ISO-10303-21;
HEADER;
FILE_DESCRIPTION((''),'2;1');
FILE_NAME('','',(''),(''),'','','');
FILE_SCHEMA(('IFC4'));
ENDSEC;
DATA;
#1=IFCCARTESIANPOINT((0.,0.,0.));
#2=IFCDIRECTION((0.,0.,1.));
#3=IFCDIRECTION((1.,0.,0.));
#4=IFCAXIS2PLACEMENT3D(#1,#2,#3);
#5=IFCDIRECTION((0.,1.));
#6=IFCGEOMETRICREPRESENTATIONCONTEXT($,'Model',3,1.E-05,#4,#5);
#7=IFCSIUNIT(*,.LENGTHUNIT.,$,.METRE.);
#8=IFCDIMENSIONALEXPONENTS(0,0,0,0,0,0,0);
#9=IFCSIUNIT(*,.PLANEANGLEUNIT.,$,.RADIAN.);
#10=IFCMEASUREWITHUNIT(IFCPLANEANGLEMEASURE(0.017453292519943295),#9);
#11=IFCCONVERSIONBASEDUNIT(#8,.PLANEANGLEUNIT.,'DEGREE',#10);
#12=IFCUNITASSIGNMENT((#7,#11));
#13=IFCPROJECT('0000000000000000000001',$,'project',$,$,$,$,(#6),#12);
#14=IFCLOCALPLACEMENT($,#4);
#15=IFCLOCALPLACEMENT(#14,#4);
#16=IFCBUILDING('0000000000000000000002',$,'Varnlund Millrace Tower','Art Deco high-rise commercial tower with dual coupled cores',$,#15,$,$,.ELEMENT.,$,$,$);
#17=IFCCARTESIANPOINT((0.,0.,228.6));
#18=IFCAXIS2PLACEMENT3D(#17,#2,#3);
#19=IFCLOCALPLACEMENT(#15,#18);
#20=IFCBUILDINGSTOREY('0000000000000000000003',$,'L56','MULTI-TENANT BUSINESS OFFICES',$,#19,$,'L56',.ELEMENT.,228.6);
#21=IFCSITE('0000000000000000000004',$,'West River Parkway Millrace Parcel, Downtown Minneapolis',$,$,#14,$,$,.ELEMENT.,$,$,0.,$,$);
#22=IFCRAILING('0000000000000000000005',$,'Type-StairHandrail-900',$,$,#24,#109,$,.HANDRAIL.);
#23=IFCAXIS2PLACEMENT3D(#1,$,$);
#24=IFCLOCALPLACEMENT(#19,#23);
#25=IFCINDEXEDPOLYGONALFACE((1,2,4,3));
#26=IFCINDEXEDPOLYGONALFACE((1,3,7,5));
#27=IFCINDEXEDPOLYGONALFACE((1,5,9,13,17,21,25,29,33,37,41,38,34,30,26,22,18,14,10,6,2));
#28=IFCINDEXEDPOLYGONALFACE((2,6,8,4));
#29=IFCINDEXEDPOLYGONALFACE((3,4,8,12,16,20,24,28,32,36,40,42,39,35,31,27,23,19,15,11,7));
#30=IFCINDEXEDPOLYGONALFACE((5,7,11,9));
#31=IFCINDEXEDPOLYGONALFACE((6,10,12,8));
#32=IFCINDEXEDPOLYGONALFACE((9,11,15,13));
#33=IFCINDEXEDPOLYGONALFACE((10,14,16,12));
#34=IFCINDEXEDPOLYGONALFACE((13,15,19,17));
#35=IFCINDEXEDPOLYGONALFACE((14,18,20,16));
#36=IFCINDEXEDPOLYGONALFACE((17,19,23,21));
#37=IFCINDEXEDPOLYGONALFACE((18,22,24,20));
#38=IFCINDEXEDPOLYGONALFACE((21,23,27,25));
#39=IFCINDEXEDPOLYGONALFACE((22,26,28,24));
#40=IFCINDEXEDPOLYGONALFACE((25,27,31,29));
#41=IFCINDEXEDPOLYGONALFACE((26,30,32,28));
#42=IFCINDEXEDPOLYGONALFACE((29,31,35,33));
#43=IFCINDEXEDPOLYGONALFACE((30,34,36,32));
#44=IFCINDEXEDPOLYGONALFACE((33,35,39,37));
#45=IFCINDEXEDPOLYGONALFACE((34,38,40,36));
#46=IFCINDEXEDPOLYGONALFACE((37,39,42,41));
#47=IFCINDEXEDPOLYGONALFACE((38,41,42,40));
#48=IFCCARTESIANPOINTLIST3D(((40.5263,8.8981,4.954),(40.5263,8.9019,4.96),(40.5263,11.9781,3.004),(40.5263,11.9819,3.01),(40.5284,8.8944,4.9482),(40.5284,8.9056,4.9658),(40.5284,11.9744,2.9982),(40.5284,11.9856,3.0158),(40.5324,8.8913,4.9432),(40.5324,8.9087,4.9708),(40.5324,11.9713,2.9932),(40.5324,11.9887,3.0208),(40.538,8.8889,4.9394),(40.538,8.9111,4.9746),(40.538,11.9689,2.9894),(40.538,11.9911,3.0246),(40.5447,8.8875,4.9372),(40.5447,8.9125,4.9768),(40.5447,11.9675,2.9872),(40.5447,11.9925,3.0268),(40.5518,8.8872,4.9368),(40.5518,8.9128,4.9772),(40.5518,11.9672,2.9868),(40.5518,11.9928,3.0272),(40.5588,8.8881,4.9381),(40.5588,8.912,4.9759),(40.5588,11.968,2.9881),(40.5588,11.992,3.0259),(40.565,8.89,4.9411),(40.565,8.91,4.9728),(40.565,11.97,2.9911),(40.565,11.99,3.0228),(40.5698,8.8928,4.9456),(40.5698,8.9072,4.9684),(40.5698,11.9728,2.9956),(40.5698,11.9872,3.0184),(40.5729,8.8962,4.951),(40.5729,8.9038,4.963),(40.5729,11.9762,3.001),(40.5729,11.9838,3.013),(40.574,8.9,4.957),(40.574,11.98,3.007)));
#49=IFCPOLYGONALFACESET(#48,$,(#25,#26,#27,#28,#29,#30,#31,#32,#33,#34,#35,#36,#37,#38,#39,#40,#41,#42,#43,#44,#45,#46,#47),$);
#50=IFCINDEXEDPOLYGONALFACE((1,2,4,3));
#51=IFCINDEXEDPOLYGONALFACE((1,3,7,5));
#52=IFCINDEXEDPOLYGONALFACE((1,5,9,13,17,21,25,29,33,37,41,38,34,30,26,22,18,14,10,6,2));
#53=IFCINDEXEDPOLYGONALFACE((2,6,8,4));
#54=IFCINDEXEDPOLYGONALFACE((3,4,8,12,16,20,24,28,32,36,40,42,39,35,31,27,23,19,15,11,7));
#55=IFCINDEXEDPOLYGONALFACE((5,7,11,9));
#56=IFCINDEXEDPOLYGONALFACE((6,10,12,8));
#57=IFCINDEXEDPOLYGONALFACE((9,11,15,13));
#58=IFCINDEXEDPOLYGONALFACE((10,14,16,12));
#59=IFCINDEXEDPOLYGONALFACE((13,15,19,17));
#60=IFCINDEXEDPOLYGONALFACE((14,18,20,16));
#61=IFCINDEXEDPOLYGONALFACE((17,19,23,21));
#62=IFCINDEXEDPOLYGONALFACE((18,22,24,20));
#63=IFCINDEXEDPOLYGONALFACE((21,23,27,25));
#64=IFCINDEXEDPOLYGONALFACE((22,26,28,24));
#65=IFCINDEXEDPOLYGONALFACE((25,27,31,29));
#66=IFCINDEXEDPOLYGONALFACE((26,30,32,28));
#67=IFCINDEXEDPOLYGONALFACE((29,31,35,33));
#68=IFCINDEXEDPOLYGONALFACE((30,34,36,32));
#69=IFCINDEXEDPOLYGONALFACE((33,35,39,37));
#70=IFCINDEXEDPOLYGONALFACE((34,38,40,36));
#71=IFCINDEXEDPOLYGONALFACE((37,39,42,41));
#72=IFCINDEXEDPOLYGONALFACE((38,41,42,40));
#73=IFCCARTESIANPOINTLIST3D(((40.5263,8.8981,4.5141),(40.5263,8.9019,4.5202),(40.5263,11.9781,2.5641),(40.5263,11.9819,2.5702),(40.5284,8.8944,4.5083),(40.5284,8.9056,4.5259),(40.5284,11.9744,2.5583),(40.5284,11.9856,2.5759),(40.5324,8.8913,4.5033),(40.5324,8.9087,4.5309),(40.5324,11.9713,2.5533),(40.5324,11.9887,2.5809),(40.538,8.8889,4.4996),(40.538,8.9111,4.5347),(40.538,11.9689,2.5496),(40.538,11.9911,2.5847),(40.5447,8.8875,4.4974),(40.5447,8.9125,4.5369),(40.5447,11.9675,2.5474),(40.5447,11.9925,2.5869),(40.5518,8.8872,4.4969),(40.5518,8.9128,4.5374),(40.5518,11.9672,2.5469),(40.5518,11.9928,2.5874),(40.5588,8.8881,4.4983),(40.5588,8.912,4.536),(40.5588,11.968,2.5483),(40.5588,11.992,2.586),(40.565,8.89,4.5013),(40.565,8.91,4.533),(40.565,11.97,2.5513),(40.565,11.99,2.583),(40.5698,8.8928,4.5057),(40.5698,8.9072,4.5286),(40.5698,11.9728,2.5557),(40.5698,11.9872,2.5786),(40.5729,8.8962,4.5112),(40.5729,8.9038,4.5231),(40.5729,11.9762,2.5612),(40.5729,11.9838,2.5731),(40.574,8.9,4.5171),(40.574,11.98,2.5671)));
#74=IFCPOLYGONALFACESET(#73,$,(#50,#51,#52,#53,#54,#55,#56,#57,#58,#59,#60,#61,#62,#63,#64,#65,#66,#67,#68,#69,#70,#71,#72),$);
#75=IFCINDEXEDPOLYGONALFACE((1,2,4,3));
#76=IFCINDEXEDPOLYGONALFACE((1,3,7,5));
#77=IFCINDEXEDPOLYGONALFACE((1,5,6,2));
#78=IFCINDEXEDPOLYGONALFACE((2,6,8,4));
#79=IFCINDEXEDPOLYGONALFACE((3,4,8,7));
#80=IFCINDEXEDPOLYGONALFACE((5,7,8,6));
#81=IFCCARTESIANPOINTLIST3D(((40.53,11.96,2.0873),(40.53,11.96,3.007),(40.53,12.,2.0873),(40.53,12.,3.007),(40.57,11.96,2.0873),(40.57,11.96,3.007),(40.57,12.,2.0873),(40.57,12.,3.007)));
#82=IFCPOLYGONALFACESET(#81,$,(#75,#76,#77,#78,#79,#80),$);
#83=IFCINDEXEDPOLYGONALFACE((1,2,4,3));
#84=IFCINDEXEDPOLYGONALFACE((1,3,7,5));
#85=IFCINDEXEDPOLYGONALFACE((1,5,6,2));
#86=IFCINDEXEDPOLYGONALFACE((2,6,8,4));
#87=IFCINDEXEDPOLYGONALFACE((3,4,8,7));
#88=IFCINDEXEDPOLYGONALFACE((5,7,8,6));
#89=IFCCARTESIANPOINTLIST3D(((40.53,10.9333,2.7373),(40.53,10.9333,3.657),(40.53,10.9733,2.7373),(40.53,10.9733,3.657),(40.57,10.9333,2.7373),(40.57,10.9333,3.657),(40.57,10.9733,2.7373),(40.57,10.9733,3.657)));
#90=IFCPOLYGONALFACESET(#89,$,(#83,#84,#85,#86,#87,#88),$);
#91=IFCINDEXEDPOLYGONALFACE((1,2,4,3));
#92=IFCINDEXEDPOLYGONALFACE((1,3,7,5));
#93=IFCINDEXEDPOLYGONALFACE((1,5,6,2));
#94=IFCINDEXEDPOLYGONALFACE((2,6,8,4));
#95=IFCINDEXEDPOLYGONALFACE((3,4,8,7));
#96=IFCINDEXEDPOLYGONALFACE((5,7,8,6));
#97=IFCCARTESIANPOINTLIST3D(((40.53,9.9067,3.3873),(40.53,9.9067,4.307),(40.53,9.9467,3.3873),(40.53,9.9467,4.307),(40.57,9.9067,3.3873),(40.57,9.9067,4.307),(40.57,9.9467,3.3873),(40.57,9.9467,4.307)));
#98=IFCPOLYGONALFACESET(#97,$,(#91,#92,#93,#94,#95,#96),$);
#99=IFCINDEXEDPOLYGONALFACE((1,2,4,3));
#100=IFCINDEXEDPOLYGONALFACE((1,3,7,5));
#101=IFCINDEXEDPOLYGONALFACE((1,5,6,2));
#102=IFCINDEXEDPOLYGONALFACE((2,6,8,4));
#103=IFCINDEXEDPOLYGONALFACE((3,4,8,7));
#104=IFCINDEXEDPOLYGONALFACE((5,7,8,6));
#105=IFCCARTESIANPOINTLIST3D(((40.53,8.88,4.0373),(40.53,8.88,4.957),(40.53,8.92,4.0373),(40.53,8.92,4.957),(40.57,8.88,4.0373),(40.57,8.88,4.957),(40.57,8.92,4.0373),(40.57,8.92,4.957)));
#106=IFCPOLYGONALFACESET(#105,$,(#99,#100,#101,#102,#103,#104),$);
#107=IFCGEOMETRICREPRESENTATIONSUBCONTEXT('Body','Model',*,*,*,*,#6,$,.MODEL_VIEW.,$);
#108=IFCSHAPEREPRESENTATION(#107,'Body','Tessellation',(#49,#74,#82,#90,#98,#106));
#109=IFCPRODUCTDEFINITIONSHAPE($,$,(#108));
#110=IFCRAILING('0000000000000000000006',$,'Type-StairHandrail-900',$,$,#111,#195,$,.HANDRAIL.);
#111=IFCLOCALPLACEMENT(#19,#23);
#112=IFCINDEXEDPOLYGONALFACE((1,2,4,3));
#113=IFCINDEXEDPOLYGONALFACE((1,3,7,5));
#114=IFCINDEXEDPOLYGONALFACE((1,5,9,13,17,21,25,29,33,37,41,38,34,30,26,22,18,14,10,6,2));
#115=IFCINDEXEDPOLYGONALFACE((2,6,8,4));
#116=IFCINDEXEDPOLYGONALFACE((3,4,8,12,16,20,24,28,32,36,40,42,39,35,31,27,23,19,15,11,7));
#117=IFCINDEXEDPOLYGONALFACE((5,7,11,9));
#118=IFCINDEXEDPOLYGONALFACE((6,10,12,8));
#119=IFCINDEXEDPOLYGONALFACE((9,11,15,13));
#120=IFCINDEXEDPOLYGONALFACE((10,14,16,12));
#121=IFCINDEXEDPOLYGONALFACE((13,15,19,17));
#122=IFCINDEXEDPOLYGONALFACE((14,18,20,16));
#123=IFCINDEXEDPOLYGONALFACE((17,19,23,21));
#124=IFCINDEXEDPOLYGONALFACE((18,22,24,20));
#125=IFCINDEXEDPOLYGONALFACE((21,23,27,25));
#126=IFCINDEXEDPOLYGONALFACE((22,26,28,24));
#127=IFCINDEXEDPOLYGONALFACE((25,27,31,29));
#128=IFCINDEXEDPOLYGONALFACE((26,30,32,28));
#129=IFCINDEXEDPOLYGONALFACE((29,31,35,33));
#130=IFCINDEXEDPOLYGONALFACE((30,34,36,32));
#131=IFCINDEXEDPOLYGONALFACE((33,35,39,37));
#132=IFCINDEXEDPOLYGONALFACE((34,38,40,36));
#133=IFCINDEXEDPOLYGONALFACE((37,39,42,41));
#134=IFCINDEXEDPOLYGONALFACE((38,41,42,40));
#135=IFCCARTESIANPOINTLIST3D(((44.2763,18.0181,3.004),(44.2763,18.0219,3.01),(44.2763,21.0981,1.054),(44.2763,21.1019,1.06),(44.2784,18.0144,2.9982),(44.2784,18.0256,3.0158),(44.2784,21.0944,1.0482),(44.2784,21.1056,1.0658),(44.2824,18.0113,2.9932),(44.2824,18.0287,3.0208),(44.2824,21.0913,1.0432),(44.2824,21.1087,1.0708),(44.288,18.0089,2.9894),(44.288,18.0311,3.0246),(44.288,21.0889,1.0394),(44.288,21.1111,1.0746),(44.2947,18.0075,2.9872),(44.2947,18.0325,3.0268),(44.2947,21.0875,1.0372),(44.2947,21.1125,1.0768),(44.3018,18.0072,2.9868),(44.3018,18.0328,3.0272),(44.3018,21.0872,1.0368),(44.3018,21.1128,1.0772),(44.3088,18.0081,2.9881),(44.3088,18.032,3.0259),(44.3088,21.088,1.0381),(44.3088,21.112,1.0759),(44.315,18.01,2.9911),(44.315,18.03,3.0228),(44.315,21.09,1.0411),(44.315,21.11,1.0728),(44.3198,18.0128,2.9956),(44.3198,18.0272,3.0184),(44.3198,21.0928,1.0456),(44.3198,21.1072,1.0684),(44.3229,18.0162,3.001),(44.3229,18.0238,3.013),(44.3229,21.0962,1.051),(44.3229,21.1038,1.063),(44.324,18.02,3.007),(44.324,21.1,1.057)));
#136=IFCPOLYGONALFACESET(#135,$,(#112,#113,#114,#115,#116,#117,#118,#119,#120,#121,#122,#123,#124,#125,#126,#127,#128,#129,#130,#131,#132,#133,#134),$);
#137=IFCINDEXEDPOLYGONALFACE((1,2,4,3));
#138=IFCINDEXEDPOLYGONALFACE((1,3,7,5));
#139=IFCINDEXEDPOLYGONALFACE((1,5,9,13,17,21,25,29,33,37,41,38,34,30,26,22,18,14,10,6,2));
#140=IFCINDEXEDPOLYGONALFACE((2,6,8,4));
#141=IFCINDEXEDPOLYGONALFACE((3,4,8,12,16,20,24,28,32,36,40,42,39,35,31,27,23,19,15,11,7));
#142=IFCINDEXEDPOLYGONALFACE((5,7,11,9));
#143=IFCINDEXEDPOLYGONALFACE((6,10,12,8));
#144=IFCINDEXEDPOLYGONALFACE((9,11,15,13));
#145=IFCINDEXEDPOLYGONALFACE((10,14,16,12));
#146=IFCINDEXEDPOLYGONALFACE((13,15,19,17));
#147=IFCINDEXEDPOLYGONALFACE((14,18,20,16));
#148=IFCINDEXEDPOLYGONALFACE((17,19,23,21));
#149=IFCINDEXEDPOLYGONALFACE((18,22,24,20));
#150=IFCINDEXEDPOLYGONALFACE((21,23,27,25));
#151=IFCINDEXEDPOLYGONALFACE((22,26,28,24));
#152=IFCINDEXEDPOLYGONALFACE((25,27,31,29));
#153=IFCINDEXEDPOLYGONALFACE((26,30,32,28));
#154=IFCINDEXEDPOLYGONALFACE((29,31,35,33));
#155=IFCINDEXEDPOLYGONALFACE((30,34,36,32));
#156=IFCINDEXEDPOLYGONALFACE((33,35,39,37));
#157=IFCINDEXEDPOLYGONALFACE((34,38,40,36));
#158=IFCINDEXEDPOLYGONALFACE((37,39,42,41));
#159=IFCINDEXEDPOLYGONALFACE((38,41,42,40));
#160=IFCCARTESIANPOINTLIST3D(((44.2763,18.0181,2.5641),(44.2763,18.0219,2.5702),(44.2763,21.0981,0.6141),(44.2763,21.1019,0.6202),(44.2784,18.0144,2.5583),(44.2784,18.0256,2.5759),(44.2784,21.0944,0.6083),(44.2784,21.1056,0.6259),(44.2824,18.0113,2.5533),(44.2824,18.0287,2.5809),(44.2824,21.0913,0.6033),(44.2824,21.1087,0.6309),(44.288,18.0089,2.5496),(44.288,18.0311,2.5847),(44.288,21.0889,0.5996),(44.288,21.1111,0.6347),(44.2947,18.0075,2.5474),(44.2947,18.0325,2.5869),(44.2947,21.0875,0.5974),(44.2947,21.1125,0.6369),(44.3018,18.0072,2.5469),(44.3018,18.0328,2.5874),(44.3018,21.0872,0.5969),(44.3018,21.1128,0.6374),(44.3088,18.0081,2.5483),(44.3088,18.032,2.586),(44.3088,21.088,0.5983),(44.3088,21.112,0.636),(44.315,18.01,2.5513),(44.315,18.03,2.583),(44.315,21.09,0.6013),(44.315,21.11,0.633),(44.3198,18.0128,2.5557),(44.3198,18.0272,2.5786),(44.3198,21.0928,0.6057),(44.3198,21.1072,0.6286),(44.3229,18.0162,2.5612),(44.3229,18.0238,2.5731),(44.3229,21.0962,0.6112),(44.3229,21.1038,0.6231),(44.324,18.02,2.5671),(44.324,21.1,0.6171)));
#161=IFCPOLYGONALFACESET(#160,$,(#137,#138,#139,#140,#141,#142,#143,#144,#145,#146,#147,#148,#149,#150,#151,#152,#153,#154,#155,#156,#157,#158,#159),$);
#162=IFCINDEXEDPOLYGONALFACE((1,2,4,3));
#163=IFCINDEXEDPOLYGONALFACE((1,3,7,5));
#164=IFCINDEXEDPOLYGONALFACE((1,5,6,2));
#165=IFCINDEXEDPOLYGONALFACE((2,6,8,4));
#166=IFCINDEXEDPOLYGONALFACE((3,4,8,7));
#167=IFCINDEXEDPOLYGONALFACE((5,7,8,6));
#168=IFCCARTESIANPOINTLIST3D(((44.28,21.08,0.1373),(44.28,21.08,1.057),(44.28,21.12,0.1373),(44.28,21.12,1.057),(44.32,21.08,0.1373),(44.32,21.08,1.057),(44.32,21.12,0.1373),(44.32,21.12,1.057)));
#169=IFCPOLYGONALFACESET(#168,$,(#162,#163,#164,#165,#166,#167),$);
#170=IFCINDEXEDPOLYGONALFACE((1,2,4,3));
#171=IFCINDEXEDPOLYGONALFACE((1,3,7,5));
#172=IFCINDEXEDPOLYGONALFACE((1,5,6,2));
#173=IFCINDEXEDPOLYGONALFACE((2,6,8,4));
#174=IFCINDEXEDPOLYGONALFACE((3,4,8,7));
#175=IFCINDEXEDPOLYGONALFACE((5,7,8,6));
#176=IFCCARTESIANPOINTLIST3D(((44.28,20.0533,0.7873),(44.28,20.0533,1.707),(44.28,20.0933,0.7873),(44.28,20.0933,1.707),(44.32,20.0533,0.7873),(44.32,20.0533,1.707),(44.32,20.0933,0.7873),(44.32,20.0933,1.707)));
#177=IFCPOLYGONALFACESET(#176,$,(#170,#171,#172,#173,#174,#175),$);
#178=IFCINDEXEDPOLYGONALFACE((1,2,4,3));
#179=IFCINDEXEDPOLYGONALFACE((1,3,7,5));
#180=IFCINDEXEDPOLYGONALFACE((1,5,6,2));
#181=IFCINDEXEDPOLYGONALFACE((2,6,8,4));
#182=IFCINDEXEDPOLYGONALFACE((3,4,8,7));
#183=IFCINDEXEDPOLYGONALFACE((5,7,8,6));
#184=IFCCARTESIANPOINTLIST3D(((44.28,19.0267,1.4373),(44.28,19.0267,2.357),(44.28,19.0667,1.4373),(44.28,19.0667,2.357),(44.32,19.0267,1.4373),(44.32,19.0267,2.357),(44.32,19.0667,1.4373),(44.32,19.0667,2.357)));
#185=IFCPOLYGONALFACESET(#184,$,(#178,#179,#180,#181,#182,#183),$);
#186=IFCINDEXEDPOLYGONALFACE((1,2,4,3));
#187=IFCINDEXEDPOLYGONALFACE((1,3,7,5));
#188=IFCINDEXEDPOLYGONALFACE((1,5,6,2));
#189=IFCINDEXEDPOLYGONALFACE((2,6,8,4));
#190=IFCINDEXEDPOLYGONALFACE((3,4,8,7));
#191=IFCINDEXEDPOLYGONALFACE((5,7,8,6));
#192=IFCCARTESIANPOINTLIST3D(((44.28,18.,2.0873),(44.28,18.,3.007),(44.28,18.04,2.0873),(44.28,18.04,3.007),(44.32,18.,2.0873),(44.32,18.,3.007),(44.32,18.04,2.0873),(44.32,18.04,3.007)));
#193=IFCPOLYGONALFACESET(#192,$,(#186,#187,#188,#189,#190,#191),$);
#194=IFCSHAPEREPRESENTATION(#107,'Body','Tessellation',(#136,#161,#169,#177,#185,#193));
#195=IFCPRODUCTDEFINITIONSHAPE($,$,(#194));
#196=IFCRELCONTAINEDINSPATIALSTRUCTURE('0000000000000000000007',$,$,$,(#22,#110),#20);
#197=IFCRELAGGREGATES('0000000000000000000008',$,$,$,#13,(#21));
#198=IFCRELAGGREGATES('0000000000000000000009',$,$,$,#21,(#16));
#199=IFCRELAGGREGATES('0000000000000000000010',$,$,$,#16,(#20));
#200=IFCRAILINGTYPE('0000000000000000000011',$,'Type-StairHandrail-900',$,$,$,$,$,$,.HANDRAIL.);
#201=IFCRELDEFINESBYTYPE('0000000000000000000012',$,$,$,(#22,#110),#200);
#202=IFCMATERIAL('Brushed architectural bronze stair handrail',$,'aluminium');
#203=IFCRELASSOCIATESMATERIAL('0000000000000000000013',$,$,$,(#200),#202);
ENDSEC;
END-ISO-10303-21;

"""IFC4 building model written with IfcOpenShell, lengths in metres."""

from ifc_helpers import new_model, entity, si_unit, converted_unit, direction, frame, origin_with_axes, origin_2d_with_axis, place, context, subcontext, project, spatial, rectangle, circle, extrude, material, type_object, element, save


model = new_model("IFC4")

# Units and contexts
model_context = context("Model", 3, precision=1e-05, world=origin_with_axes(), true_north=direction((0.0, 1.0)))
body_context = subcontext(model_context, "Body", "Model", "MODEL_VIEW")
ifc_project = project(units=[si_unit("LENGTHUNIT", "METRE"), converted_unit("PLANEANGLEUNIT", "DEGREE", entity("IfcPlaneAngleMeasure", 0.017453292519943295), si_unit("PLANEANGLEUNIT", "RADIAN"), dimensions=[0, 0, 0, 0, 0, 0, 0])], contexts=[model_context])

# Site, building, storey
site_placement = place(None, origin_with_axes())
site = spatial("IfcSite", under=ifc_project, at=site_placement, Name="West River Parkway Millrace Parcel, Downtown Minneapolis", CompositionType="ELEMENT", RefElevation=0.0)
building_placement = place(site_placement, origin_with_axes())
building = spatial("IfcBuilding", under=site, at=building_placement, Name="Varnlund Millrace Tower", Description="Art Deco high-rise commercial tower with dual coupled cores", CompositionType="ELEMENT")
storey_placement = place(building_placement, frame((0.0, 0.0, 228.6), z_axis=(0.0, 0.0, 1.0), x_axis=(1.0, 0.0, 0.0)))
storey = spatial("IfcBuildingStorey", under=building, at=storey_placement, Name="L56", Description="MULTI-TENANT BUSINESS OFFICES", LongName="L56", CompositionType="ELEMENT", Elevation=228.6)

# Railings
ifc_material_1 = material(Name="Brushed architectural bronze stair handrail", Category="aluminium")
railing_type_1 = type_object("IfcRailingType", Name="Type-StairHandrail-900", PredefinedType="HANDRAIL", material=ifc_material_1)
railing_1_placement = place(storey_placement, frame((0.0, 0.0, -228.6), z_axis=(0.0, 0.0, 1.0), x_axis=(1.0, 0.0, 0.0)))
element("IfcRailing", 1, at=railing_1_placement, inside=storey, type_object=railing_type_1, Name="Type-StairHandrail-900", PredefinedType="HANDRAIL", context=body_context, shape_type="SweptSolid", body=[
    extrude(circle(Radius=0.024, at=origin_2d_with_axis()), frame((40.55, 11.98, 231.607), z_axis=(0.0, -0.844902, 0.534922), x_axis=(1.0, 0.0, 0.0)), (0.0, 0.0, 1.0), 3.6454),
    extrude(circle(Radius=0.024, at=origin_2d_with_axis()), frame((40.55, 11.98, 231.1671), z_axis=(0.0, -0.844902, 0.534922), x_axis=(1.0, 0.0, 0.0)), (0.0, 0.0, 1.0), 3.6454),
    extrude(rectangle(XDim=0.04, YDim=0.04, at=origin_2d_with_axis()), frame((40.55, 11.98, 230.6873), z_axis=(0.0, 0.0, 1.0), x_axis=(1.0, 0.0, 0.0)), (0.0, 0.0, 1.0), 0.9197),
    extrude(rectangle(XDim=0.04, YDim=0.04, at=origin_2d_with_axis()), frame((40.55, 10.9533, 231.3373), z_axis=(0.0, 0.0, 1.0), x_axis=(1.0, 0.0, 0.0)), (0.0, 0.0, 1.0), 0.9197),
    extrude(rectangle(XDim=0.04, YDim=0.04, at=origin_2d_with_axis()), frame((40.55, 9.9267, 231.9873), z_axis=(0.0, 0.0, 1.0), x_axis=(1.0, 0.0, 0.0)), (0.0, 0.0, 1.0), 0.9197),
    extrude(rectangle(XDim=0.04, YDim=0.04, at=origin_2d_with_axis()), frame((40.55, 8.9, 232.6373), z_axis=(0.0, 0.0, 1.0), x_axis=(1.0, 0.0, 0.0)), (0.0, 0.0, 1.0), 0.9197),
])
railing_2_placement = place(storey_placement, frame((0.0, 0.0, -228.6), z_axis=(0.0, 0.0, 1.0), x_axis=(1.0, 0.0, 0.0)))
element("IfcRailing", 2, at=railing_2_placement, inside=storey, type_object=railing_type_1, Name="Type-StairHandrail-900", PredefinedType="HANDRAIL", context=body_context, shape_type="SweptSolid", body=[
    extrude(circle(Radius=0.024, at=origin_2d_with_axis()), frame((44.3, 21.1, 229.657), z_axis=(0.0, -0.844902, 0.534922), x_axis=(1.0, 0.0, 0.0)), (0.0, 0.0, 1.0), 3.6454),
    extrude(circle(Radius=0.024, at=origin_2d_with_axis()), frame((44.3, 21.1, 229.2171), z_axis=(0.0, -0.844902, 0.534922), x_axis=(1.0, 0.0, 0.0)), (0.0, 0.0, 1.0), 3.6454),
    extrude(rectangle(XDim=0.04, YDim=0.04, at=origin_2d_with_axis()), frame((44.3, 21.1, 228.7373), z_axis=(0.0, 0.0, 1.0), x_axis=(1.0, 0.0, 0.0)), (0.0, 0.0, 1.0), 0.9197),
    extrude(rectangle(XDim=0.04, YDim=0.04, at=origin_2d_with_axis()), frame((44.3, 20.0733, 229.3873), z_axis=(0.0, 0.0, 1.0), x_axis=(1.0, 0.0, 0.0)), (0.0, 0.0, 1.0), 0.9197),
    extrude(rectangle(XDim=0.04, YDim=0.04, at=origin_2d_with_axis()), frame((44.3, 19.0467, 230.0373), z_axis=(0.0, 0.0, 1.0), x_axis=(1.0, 0.0, 0.0)), (0.0, 0.0, 1.0), 0.9197),
    extrude(rectangle(XDim=0.04, YDim=0.04, at=origin_2d_with_axis()), frame((44.3, 18.02, 230.6873), z_axis=(0.0, 0.0, 1.0), x_axis=(1.0, 0.0, 0.0)), (0.0, 0.0, 1.0), 0.9197),
])

save(model, "model.ifc")
